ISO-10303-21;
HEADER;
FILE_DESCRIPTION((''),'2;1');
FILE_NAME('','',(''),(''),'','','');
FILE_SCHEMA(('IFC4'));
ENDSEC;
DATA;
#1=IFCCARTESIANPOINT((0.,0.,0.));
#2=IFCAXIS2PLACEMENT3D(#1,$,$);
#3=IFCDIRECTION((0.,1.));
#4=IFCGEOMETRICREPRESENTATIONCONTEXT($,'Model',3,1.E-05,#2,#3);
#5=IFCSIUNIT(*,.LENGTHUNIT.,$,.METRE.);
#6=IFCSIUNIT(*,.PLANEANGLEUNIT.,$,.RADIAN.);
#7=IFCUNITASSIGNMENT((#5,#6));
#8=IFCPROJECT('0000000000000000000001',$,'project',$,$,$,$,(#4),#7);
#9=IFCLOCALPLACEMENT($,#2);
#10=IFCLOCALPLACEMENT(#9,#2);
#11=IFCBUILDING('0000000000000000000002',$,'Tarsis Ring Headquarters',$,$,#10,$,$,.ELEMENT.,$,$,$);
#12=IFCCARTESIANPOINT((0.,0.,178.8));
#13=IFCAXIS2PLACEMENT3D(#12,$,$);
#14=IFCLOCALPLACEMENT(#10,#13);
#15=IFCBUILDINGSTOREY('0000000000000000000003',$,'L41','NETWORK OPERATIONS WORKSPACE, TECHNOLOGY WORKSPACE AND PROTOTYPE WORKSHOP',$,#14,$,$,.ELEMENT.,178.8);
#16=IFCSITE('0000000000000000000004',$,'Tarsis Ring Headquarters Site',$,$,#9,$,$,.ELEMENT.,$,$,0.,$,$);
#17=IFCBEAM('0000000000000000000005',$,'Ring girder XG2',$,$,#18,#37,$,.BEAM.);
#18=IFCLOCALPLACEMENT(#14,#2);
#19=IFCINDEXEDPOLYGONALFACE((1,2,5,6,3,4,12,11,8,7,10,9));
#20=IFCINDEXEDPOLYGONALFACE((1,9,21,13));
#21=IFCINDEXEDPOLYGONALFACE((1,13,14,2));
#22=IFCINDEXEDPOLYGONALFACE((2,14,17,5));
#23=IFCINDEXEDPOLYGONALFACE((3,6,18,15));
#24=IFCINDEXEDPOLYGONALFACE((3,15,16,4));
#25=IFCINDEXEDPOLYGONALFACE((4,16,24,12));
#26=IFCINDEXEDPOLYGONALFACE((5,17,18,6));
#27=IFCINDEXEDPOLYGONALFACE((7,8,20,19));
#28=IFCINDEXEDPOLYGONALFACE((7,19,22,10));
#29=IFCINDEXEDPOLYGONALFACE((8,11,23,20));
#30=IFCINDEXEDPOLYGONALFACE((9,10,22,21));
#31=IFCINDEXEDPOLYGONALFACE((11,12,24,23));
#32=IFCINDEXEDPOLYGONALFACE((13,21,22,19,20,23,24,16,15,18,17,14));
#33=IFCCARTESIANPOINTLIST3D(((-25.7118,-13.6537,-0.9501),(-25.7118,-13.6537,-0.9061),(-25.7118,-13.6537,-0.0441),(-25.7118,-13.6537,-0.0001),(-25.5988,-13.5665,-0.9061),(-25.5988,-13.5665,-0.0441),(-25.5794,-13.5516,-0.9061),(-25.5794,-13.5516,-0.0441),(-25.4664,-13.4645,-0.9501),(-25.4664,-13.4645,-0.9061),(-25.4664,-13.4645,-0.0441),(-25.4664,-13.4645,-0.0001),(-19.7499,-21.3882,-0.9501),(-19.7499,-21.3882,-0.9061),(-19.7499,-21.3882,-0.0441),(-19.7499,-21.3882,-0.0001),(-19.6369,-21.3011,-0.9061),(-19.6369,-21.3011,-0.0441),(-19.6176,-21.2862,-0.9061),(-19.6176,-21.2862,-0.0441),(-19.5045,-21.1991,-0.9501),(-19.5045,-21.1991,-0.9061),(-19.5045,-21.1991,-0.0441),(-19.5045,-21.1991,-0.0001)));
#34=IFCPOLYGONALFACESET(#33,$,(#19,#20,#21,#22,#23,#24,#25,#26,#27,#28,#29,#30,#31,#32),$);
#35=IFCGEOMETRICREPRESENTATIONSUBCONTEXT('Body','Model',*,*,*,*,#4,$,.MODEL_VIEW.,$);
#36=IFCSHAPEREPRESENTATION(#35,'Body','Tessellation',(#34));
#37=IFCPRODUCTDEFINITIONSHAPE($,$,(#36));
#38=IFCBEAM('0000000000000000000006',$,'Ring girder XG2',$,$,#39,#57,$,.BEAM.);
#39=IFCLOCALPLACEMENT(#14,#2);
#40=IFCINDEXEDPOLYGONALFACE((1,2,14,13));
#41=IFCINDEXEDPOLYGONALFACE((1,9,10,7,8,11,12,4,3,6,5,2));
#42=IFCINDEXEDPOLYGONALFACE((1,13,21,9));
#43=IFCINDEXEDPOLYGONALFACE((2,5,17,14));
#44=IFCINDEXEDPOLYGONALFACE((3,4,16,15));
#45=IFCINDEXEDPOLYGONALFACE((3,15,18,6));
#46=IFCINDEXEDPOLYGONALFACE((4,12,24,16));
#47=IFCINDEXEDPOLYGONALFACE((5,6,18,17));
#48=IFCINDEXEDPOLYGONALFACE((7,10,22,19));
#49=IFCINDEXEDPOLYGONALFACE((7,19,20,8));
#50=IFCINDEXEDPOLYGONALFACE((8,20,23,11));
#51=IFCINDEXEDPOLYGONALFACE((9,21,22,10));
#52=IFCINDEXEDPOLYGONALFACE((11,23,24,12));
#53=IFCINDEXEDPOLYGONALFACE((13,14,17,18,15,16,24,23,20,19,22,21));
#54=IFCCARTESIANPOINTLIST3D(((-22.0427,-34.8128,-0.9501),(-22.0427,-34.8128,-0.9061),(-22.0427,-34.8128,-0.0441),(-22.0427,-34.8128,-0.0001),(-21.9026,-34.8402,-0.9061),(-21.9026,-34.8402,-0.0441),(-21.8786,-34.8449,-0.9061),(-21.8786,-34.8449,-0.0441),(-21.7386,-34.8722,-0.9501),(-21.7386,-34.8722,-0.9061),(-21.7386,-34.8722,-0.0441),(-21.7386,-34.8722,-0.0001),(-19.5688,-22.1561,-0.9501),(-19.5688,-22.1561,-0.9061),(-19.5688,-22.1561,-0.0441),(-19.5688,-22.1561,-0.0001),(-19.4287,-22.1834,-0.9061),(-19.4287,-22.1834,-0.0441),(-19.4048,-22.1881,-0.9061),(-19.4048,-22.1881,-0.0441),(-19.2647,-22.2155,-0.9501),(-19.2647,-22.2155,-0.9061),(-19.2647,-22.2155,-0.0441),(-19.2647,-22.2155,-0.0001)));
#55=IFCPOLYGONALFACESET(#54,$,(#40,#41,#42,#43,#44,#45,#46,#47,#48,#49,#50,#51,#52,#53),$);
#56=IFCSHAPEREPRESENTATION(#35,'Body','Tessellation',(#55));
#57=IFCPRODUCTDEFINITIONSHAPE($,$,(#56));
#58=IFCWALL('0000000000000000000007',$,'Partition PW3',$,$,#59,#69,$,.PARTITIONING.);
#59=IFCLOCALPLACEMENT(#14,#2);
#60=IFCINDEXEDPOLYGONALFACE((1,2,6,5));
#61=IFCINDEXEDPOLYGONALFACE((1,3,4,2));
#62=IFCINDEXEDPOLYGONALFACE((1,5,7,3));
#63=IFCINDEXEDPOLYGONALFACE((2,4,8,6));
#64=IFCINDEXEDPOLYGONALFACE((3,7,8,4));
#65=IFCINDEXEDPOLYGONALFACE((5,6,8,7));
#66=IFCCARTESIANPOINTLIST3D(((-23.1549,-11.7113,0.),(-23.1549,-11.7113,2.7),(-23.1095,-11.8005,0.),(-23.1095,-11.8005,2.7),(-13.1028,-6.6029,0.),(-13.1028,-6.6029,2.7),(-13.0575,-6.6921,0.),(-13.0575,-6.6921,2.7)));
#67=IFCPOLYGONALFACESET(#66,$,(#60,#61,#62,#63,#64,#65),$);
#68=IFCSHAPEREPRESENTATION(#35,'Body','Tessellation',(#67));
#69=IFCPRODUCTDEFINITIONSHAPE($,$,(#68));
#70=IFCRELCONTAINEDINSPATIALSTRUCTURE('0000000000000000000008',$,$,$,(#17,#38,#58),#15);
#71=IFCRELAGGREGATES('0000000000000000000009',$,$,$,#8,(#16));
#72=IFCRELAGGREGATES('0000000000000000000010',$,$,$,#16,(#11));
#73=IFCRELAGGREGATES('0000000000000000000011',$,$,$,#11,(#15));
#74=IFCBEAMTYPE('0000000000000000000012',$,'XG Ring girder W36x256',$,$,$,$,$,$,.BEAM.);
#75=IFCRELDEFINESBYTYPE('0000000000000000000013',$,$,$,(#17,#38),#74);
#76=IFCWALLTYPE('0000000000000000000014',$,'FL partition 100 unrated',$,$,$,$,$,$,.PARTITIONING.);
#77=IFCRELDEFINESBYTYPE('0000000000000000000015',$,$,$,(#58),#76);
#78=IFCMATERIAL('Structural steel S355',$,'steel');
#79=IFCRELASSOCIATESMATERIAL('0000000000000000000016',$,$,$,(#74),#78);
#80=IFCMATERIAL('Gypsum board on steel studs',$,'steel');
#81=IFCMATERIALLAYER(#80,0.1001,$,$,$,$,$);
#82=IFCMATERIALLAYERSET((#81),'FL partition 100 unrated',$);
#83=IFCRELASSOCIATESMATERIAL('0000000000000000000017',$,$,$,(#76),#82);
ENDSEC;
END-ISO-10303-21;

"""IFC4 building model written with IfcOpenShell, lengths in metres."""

from ifc_helpers import new_model, si_unit, direction, frame, frame_2d, origin, origin_2d, place, context, subcontext, project, spatial, rectangle, i_section, extrude, material, layer, layer_set, material_profile, profile_set, type_object, element, save


model = new_model("IFC4")

# Units and contexts
model_context = context("Model", 3, precision=1e-05, world=origin(), true_north=direction((0.0, 1.0)))
body_context = subcontext(model_context, "Body", "Model", "MODEL_VIEW")
ifc_project = project(units=[si_unit("LENGTHUNIT", "METRE"), si_unit("PLANEANGLEUNIT", "RADIAN")], contexts=[model_context])

# Site, building, storey
site_placement = place(None, origin())
site = spatial("IfcSite", under=ifc_project, at=site_placement, Name="Tarsis Ring Headquarters Site", CompositionType="ELEMENT", RefElevation=0.0)
building_placement = place(site_placement, origin())
building = spatial("IfcBuilding", under=site, at=building_placement, Name="Tarsis Ring Headquarters", CompositionType="ELEMENT")
storey_placement = place(building_placement, frame((0.0, 0.0, 178.8)))
storey = spatial("IfcBuildingStorey", under=building, at=storey_placement, Name="L41", Description="NETWORK OPERATIONS WORKSPACE, TECHNOLOGY WORKSPACE AND PROTOTYPE WORKSHOP", CompositionType="ELEMENT", Elevation=178.8)

# Shared definitions
ifc_material_1 = material(Name="Structural steel S355", Category="steel")

# Beams
ifc_material_profile_1 = material_profile(ifc_material_1, i_section(OverallWidth=0.3098, OverallDepth=0.95, WebThickness=0.0244, FlangeThickness=0.0439, at=origin_2d()), Name="W36x256")
ifc_profile_set_1 = profile_set([ifc_material_profile_1], Name="Structural steel S355")
beam_type_1 = type_object("IfcBeamType", Name="XG Ring girder W36x256", PredefinedType="BEAM", material=ifc_profile_set_1)
beam_1_placement = place(storey_placement, frame((-25.5891, -13.5591, -0.4751), z_axis=(0.610496, -0.79202, 0.0), x_axis=(0.79202, 0.610496, 0.0)))
element("IfcBeam", 1, at=beam_1_placement, inside=storey, type_object=beam_type_1, Name="Ring girder XG2", PredefinedType="BEAM", context=body_context, shape_type="SweptSolid", body=[
    extrude(i_section(OverallWidth=0.3098, OverallDepth=0.95, WebThickness=0.0244, FlangeThickness=0.0439, at=origin_2d()), origin(), (0.0, 0.0, 1.0), 9.7656),
])
beam_2_placement = place(storey_placement, frame((-19.4167, -22.1858, -0.4751), z_axis=(-0.191829, -0.981428, 0.0), x_axis=(0.981428, -0.191829, 0.0)))
element("IfcBeam", 2, at=beam_2_placement, inside=storey, type_object=beam_type_1, Name="Ring girder XG2", PredefinedType="BEAM", context=body_context, shape_type="SweptSolid", body=[
    extrude(i_section(OverallWidth=0.3098, OverallDepth=0.95, WebThickness=0.0244, FlangeThickness=0.0439, at=origin_2d()), origin(), (0.0, 0.0, 1.0), 12.8962),
])

# Wall
ifc_material_2 = material(Name="Gypsum board on steel studs", Category="steel")
ifc_layer = layer(ifc_material_2, 0.1001)
ifc_layer_set = layer_set([ifc_layer], Name="FL partition 100 unrated")
wall_type = type_object("IfcWallType", Name="FL partition 100 unrated", PredefinedType="PARTITIONING", material=ifc_layer_set)
wall_placement = place(storey_placement, frame((-23.1321, -11.7559, 0.0), z_axis=(0.0, 0.0, 1.0), x_axis=(0.891485, 0.45305, 0.0)))
element("IfcWall", 3, at=wall_placement, inside=storey, type_object=wall_type, Name="Partition PW3", PredefinedType="PARTITIONING", context=body_context, shape_type="SweptSolid", body=[
    extrude(rectangle(XDim=11.2756, YDim=0.1001, at=frame_2d((5.6377, 0.0))), origin(), (0.0, 0.0, 1.0), 2.7),
])

save(model, "model.ifc")
